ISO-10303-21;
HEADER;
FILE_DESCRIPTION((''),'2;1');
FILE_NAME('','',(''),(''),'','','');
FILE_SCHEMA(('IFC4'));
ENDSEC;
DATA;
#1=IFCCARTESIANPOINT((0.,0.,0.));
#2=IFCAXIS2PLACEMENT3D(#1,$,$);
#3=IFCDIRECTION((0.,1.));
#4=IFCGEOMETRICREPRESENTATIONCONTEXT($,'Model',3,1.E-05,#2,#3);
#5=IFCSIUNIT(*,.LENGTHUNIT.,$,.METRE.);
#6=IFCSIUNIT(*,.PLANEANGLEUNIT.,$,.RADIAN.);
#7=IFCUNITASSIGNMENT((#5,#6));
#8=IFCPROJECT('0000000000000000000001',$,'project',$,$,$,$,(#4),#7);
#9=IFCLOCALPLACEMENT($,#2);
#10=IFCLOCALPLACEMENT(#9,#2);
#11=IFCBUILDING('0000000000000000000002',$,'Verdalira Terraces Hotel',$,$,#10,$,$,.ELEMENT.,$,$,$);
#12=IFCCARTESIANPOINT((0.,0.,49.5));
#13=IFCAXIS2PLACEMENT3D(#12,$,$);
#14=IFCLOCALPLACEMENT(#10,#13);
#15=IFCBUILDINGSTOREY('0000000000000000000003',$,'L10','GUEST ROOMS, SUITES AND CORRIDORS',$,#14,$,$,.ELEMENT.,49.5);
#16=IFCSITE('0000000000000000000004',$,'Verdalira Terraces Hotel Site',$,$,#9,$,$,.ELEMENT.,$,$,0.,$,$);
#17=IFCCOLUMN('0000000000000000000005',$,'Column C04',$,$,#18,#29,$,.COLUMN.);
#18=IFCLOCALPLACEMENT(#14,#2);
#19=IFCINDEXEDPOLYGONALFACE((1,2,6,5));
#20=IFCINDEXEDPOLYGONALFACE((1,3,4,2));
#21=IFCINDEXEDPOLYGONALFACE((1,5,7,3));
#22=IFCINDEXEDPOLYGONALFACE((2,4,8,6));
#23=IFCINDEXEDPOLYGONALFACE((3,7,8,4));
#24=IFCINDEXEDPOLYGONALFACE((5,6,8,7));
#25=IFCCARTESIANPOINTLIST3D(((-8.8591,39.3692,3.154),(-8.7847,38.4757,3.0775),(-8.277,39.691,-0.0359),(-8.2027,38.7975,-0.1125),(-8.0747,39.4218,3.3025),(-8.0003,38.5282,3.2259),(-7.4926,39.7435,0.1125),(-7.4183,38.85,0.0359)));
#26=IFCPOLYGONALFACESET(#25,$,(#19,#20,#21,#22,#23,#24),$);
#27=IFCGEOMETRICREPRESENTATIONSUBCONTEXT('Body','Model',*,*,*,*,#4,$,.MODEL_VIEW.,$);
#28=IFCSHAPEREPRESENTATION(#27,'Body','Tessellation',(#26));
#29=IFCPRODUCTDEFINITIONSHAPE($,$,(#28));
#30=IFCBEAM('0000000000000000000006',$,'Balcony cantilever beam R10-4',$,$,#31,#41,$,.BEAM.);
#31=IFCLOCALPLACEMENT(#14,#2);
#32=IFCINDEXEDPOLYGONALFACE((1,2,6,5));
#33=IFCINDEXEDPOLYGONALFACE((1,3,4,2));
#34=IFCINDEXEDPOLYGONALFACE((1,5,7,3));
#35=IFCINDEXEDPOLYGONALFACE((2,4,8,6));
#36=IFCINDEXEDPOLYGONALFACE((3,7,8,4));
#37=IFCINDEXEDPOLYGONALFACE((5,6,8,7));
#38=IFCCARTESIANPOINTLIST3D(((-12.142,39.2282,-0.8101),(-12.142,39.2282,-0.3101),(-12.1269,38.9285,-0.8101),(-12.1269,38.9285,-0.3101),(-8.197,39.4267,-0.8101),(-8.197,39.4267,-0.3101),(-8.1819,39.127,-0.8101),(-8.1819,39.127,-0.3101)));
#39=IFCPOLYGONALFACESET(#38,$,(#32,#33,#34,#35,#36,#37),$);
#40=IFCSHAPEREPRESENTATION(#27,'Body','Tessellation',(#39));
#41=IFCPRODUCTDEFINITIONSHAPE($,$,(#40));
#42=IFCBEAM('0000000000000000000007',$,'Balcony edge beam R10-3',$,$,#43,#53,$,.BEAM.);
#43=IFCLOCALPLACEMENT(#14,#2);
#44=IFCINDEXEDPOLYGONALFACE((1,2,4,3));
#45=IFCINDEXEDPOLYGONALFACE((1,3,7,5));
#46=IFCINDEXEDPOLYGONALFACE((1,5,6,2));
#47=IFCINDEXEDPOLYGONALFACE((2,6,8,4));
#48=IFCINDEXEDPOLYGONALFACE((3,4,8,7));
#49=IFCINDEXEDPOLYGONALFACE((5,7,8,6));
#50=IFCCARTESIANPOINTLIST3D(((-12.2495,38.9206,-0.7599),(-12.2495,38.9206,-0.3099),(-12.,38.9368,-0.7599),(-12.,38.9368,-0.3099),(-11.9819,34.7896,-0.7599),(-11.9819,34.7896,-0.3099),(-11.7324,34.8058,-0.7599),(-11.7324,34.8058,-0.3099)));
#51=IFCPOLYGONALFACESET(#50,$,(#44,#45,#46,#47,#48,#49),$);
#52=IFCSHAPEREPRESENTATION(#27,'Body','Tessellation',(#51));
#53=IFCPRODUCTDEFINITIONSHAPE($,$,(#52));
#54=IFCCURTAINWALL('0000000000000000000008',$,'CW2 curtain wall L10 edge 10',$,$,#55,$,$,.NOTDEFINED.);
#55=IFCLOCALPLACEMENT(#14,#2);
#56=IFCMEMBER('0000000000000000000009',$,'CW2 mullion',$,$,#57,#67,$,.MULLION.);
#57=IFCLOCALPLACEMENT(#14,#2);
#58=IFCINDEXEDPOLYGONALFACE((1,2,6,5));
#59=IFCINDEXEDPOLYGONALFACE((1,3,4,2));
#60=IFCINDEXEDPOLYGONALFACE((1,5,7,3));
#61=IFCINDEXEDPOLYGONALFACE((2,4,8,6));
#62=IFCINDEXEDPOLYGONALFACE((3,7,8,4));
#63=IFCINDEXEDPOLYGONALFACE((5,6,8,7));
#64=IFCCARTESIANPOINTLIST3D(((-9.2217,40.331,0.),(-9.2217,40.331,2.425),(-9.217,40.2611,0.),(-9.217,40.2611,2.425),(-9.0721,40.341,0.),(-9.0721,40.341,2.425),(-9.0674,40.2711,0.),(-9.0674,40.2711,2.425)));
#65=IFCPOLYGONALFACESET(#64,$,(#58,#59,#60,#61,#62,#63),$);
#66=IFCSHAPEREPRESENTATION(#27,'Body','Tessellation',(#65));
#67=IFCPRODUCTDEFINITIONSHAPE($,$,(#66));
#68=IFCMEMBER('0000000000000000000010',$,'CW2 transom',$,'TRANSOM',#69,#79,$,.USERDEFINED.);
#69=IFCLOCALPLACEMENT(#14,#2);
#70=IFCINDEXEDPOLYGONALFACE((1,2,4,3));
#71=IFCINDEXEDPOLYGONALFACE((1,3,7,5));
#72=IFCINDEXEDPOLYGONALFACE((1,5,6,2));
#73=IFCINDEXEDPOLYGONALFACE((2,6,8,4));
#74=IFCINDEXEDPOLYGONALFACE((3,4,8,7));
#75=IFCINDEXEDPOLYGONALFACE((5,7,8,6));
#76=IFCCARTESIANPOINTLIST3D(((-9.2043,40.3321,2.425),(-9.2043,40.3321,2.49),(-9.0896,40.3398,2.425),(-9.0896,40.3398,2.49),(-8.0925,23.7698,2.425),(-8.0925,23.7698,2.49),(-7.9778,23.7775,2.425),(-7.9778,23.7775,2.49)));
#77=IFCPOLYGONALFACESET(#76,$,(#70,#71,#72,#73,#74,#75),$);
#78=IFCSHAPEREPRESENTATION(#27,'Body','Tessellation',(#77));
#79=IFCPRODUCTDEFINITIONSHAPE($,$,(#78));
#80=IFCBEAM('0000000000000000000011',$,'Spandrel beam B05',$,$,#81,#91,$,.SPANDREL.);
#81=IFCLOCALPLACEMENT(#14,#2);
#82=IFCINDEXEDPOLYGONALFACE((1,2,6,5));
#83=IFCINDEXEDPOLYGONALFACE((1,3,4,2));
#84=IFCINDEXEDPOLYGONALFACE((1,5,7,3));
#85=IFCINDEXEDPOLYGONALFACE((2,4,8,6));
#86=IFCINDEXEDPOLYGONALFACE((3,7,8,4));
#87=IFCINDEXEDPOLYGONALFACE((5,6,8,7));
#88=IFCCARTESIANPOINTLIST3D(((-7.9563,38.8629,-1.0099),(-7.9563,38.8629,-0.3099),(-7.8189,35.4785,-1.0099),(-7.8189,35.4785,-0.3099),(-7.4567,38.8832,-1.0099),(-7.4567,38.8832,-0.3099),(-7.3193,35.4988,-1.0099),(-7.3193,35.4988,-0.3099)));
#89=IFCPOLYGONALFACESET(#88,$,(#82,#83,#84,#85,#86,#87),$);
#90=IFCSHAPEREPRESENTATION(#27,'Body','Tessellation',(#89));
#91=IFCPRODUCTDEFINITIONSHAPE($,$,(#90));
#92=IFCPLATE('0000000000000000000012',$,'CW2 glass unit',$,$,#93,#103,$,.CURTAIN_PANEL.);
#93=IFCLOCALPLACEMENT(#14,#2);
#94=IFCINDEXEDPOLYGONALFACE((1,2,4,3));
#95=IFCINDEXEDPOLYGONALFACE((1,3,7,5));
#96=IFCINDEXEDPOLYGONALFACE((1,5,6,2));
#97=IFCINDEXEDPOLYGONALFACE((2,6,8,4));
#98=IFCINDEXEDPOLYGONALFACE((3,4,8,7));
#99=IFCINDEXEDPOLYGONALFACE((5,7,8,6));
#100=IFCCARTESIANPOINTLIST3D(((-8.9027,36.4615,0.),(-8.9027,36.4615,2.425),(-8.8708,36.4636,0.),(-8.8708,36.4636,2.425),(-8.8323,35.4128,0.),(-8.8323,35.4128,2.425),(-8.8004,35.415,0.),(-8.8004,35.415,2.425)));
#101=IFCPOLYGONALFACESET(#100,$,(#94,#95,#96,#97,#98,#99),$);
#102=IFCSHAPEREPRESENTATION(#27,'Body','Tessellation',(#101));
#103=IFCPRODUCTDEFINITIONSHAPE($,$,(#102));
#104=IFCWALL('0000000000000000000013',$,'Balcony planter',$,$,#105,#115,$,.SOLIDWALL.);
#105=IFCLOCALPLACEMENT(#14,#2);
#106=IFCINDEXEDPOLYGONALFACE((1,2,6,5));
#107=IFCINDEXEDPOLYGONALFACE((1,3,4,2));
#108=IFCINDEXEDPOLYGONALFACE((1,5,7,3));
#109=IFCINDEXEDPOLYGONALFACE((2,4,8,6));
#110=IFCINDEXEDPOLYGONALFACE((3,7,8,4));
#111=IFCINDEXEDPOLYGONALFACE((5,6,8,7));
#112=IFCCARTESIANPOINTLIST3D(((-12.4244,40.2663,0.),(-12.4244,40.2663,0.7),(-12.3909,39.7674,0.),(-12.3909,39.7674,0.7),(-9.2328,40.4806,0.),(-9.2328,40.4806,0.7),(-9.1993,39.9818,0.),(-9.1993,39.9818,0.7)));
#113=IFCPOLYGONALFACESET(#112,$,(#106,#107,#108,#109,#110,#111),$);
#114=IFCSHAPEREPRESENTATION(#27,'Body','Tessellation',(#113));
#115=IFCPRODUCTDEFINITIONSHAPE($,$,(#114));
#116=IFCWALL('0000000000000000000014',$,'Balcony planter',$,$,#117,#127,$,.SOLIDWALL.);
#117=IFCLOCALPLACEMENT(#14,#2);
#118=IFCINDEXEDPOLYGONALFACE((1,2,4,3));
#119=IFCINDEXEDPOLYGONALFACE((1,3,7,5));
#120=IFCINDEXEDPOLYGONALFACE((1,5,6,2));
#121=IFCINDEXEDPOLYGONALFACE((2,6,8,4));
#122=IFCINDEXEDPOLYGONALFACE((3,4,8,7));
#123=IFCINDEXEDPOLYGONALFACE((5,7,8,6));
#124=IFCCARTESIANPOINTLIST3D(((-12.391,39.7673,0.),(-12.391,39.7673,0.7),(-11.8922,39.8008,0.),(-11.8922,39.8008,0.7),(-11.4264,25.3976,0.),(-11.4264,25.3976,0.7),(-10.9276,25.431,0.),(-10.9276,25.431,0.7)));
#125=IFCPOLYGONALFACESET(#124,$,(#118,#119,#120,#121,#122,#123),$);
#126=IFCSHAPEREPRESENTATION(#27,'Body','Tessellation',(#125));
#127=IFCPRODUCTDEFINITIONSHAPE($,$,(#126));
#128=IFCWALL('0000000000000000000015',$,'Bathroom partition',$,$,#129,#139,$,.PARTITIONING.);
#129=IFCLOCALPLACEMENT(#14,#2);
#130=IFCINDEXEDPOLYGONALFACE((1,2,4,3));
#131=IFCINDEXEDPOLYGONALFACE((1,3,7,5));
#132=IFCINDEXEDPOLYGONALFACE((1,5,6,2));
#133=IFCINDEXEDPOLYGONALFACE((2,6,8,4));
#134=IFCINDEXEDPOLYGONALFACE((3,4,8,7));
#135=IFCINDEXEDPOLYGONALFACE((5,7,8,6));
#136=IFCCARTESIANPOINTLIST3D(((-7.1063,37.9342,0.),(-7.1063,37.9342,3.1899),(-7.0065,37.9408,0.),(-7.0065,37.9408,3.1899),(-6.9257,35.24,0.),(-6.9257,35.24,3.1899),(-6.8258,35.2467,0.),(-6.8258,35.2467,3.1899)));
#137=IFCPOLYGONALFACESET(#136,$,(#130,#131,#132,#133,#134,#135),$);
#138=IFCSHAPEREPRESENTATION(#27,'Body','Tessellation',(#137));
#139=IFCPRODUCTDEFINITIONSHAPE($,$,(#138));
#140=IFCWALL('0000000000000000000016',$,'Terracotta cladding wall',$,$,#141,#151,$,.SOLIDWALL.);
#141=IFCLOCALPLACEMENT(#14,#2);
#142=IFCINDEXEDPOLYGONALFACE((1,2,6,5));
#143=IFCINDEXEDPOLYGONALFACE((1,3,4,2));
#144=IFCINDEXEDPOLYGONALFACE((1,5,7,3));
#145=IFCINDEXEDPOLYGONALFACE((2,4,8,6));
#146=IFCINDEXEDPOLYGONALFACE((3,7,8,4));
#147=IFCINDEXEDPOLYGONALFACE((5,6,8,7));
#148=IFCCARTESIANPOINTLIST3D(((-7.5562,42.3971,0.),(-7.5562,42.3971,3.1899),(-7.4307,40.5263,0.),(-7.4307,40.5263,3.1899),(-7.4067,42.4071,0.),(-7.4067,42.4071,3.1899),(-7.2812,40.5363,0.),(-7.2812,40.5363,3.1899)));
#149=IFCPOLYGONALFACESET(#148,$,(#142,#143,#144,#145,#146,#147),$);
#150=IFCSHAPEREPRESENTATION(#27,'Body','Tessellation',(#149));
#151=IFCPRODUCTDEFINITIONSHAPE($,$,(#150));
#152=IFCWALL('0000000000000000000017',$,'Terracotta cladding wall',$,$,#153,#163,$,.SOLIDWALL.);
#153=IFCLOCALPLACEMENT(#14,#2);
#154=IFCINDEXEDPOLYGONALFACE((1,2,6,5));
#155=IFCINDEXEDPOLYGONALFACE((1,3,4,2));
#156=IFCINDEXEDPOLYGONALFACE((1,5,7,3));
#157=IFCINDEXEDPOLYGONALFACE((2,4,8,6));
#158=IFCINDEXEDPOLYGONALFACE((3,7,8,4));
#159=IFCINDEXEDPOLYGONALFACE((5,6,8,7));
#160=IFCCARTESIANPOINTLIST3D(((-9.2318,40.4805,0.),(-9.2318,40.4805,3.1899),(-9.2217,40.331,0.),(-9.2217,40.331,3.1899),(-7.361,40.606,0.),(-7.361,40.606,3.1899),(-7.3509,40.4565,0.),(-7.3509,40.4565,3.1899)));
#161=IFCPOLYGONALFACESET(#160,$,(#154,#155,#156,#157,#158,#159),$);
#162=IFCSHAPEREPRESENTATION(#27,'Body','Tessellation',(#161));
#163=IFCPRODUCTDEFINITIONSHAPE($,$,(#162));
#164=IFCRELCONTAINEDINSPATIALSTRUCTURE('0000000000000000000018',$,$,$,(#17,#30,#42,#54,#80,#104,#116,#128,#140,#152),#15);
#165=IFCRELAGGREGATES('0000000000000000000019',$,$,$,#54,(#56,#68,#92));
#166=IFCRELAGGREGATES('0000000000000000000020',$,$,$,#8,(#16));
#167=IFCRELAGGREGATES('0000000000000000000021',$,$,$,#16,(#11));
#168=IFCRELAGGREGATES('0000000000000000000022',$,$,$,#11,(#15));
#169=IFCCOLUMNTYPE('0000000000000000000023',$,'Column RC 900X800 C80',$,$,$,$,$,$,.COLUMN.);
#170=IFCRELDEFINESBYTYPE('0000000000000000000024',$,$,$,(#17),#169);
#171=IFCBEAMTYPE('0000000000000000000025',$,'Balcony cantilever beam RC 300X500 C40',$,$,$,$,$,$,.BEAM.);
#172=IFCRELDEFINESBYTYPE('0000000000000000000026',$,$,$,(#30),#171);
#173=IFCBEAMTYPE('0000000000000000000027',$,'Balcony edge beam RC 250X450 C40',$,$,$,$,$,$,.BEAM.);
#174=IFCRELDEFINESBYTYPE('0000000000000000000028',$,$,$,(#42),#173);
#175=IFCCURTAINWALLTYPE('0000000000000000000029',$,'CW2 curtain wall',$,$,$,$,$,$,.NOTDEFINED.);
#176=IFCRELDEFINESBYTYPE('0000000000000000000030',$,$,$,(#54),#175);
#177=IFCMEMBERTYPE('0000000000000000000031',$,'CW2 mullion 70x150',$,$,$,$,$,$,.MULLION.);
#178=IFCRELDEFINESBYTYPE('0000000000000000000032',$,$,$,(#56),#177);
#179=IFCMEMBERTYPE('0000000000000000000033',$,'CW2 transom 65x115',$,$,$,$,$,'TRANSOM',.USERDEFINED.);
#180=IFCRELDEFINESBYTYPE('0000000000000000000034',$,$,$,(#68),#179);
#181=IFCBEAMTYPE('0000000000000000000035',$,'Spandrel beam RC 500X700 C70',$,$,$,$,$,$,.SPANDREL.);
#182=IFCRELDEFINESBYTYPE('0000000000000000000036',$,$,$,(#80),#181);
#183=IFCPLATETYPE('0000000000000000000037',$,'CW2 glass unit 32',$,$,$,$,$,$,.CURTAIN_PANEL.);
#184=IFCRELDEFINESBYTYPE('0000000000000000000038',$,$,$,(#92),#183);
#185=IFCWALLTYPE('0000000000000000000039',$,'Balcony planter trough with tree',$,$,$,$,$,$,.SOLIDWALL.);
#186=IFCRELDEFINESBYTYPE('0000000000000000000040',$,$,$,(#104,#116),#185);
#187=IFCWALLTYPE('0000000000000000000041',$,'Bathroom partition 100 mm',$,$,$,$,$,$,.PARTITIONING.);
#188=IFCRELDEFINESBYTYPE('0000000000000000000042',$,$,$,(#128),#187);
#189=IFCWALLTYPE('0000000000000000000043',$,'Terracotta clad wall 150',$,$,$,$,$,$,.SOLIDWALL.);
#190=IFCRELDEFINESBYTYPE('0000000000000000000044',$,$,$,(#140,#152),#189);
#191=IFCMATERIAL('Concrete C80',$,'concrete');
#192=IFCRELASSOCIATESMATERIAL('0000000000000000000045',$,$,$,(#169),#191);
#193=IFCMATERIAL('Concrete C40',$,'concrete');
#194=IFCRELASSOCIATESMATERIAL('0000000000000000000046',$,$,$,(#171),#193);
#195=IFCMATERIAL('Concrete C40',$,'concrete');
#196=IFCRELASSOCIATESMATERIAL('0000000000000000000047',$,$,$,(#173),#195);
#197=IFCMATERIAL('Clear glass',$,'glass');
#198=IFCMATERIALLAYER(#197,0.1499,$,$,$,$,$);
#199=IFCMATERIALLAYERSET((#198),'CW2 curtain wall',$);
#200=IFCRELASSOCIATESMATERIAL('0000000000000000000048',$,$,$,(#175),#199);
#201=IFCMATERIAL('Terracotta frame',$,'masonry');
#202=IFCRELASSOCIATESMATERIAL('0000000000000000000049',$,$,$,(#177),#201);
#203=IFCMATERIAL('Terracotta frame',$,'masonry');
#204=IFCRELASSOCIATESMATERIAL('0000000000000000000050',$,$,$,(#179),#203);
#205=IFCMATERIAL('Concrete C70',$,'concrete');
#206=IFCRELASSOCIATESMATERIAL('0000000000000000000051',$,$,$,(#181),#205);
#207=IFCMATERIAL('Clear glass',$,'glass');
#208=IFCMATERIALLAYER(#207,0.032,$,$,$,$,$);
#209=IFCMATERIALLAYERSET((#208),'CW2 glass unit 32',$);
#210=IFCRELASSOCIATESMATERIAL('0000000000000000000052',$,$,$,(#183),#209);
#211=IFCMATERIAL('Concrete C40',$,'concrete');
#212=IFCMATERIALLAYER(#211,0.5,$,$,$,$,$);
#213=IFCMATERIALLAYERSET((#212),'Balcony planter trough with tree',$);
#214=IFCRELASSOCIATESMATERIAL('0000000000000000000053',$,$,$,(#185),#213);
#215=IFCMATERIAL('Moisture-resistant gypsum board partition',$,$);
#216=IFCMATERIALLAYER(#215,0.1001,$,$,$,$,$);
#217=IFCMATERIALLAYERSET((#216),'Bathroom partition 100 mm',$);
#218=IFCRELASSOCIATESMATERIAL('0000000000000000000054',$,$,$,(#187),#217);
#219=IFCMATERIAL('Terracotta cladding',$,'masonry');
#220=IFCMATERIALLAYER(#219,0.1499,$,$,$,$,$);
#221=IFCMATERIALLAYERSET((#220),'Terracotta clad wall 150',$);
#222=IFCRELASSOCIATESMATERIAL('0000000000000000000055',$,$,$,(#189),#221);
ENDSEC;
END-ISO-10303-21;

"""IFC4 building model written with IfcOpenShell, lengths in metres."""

from ifc_helpers import new_model, si_unit, direction, frame, frame_2d, origin, origin_2d, place, context, subcontext, project, spatial, rectangle, extrude, material, layer, layer_set, material_profile, profile_set, type_object, element, aggregate, save


model = new_model("IFC4")

# Units and contexts
model_context = context("Model", 3, precision=1e-05, world=origin(), true_north=direction((0.0, 1.0)))
body_context = subcontext(model_context, "Body", "Model", "MODEL_VIEW")
ifc_project = project(units=[si_unit("LENGTHUNIT", "METRE"), si_unit("PLANEANGLEUNIT", "RADIAN")], contexts=[model_context])

# Site, building, storey
site_placement = place(None, origin())
site = spatial("IfcSite", under=ifc_project, at=site_placement, Name="Verdalira Terraces Hotel Site", CompositionType="ELEMENT", RefElevation=0.0)
building_placement = place(site_placement, origin())
building = spatial("IfcBuilding", under=site, at=building_placement, Name="Verdalira Terraces Hotel", CompositionType="ELEMENT")
storey_placement = place(building_placement, frame((0.0, 0.0, 49.5)))
storey = spatial("IfcBuildingStorey", under=building, at=storey_placement, Name="L10", Description="GUEST ROOMS, SUITES AND CORRIDORS", CompositionType="ELEMENT", Elevation=49.5)

# Column
ifc_material_1 = material(Name="Concrete C80", Category="concrete")
ifc_material_profile_1 = material_profile(ifc_material_1, rectangle(XDim=0.8999, YDim=0.8, at=origin_2d()), Name="RC 900X800")
ifc_profile_set_1 = profile_set([ifc_material_profile_1], Name="Concrete C80")
column_type = type_object("IfcColumnType", Name="Column RC 900X800 C80", PredefinedType="COLUMN", material=ifc_profile_set_1)
column_placement = place(storey_placement, frame((-7.8477, 39.2705, 0.0), z_axis=(-0.178618, -0.098749, 0.978951), x_axis=(0.082596, -0.992944, -0.08509)))
element("IfcColumn", 1, at=column_placement, inside=storey, type_object=column_type, Name="Column C04", PredefinedType="COLUMN", context=body_context, shape_type="SweptSolid", body=[
    extrude(rectangle(XDim=0.8999, YDim=0.8, at=origin_2d()), origin(), (0.0, 0.0, 1.0), 3.2585),
])

# Beams
ifc_material_2 = material(Name="Concrete C40", Category="concrete")
ifc_material_profile_2 = material_profile(ifc_material_2, rectangle(XDim=0.3, YDim=0.5, at=origin_2d()), Name="RC 300X500")
ifc_profile_set_2 = profile_set([ifc_material_profile_2], Name="Concrete C40")
beam_type_1 = type_object("IfcBeamType", Name="Balcony cantilever beam RC 300X500 C40", PredefinedType="BEAM", material=ifc_profile_set_2)
beam_1_placement = place(storey_placement, frame((-8.1895, 39.2769, -0.5601), z_axis=(-0.998737, -0.050249, 0.0), x_axis=(0.050249, -0.998737, 0.0)))
element("IfcBeam", 2, at=beam_1_placement, inside=storey, type_object=beam_type_1, Name="Balcony cantilever beam R10-4", PredefinedType="BEAM", context=body_context, shape_type="SweptSolid", body=[
    extrude(rectangle(XDim=0.3, YDim=0.5, at=origin_2d()), origin(), (0.0, 0.0, 1.0), 3.95),
])
ifc_material_3 = material(Name="Concrete C40", Category="concrete")
ifc_material_profile_3 = material_profile(ifc_material_3, rectangle(XDim=0.25, YDim=0.45, at=origin_2d()), Name="RC 250X450")
ifc_profile_set_3 = profile_set([ifc_material_profile_3], Name="Concrete C40")
beam_type_2 = type_object("IfcBeamType", Name="Balcony edge beam RC 250X450 C40", PredefinedType="BEAM", material=ifc_profile_set_3)
beam_2_placement = place(storey_placement, frame((-12.1248, 38.9287, -0.5349), z_axis=(0.064636, -0.997909, 0.0), x_axis=(0.997909, 0.064636, 0.0)))
element("IfcBeam", 3, at=beam_2_placement, inside=storey, type_object=beam_type_2, Name="Balcony edge beam R10-3", PredefinedType="BEAM", context=body_context, shape_type="SweptSolid", body=[
    extrude(rectangle(XDim=0.25, YDim=0.45, at=origin_2d()), origin(), (0.0, 0.0, 1.0), 4.1396),
])

# Curtain wall, members
ifc_material_4 = material(Name="Clear glass", Category="glass")
ifc_layer_1 = layer(ifc_material_4, 0.1499)
ifc_layer_set_1 = layer_set([ifc_layer_1], Name="CW2 curtain wall")
curtain_wall_type = type_object("IfcCurtainWallType", Name="CW2 curtain wall", PredefinedType="NOTDEFINED", material=ifc_layer_set_1)
curtain_wall_placement = place(storey_placement, origin())
curtain_wall = element("IfcCurtainWall", 4, at=curtain_wall_placement, inside=storey, type_object=curtain_wall_type, Name="CW2 curtain wall L10 edge 10", PredefinedType="NOTDEFINED")
ifc_material_5 = material(Name="Terracotta frame", Category="masonry")
ifc_material_profile_4 = material_profile(ifc_material_5, rectangle(XDim=0.0701, YDim=0.1499, at=origin_2d()), Name="MU 70x150")
ifc_profile_set_4 = profile_set([ifc_material_profile_4], Name="Terracotta frame")
member_type_1 = type_object("IfcMemberType", Name="CW2 mullion 70x150", PredefinedType="MULLION", material=ifc_profile_set_4)
member_1_placement = place(storey_placement, frame((-9.1445, 40.301, 0.0), z_axis=(0.0, 0.0, 1.0), x_axis=(0.06697, -0.997755, 0.0)))
member_1 = element("IfcMember", 5, at=member_1_placement, type_object=member_type_1, Name="CW2 mullion", PredefinedType="MULLION", context=body_context, shape_type="SweptSolid", body=[
    extrude(rectangle(XDim=0.0701, YDim=0.1499, at=origin_2d()), origin(), (0.0, 0.0, 1.0), 2.425),
])
ifc_material_6 = material(Name="Terracotta frame", Category="masonry")
ifc_material_profile_5 = material_profile(ifc_material_6, rectangle(XDim=0.115, YDim=0.0649, at=origin_2d()), Name="TR 65x115")
ifc_profile_set_5 = profile_set([ifc_material_profile_5], Name="Terracotta frame")
member_type_2 = type_object("IfcMemberType", Name="CW2 transom 65x115", ElementType="TRANSOM", PredefinedType="USERDEFINED", material=ifc_profile_set_5)
member_2_placement = place(storey_placement, frame((-9.147, 40.3359, 2.4575), z_axis=(0.066979, -0.997754, 0.0), x_axis=(0.997754, 0.066979, 0.0)))
member_2 = element("IfcMember", 6, at=member_2_placement, type_object=member_type_2, Name="CW2 transom", ObjectType="TRANSOM", PredefinedType="USERDEFINED", context=body_context, shape_type="SweptSolid", body=[
    extrude(rectangle(XDim=0.115, YDim=0.0649, at=origin_2d()), origin(), (0.0, 0.0, 1.0), 16.5996),
])

# Beam
ifc_material_7 = material(Name="Concrete C70", Category="concrete")
ifc_material_profile_6 = material_profile(ifc_material_7, rectangle(XDim=0.5, YDim=0.7, at=origin_2d()), Name="RC 500X700")
ifc_profile_set_6 = profile_set([ifc_material_profile_6], Name="Concrete C70")
beam_type_3 = type_object("IfcBeamType", Name="Spandrel beam RC 500X700 C70", PredefinedType="SPANDREL", material=ifc_profile_set_6)
beam_3_placement = place(storey_placement, frame((-7.7065, 38.873, -0.6599), z_axis=(0.040578, -0.999176, 0.0), x_axis=(0.999176, 0.040578, 0.0)))
element("IfcBeam", 7, at=beam_3_placement, inside=storey, type_object=beam_type_3, Name="Spandrel beam B05", PredefinedType="SPANDREL", context=body_context, shape_type="SweptSolid", body=[
    extrude(rectangle(XDim=0.5, YDim=0.7, at=origin_2d()), origin(), (0.0, 0.0, 1.0), 3.3872),
])

# Plate
ifc_material_8 = material(Name="Clear glass", Category="glass")
ifc_layer_2 = layer(ifc_material_8, 0.032)
ifc_layer_set_2 = layer_set([ifc_layer_2], Name="CW2 glass unit 32")
plate_type = type_object("IfcPlateType", Name="CW2 glass unit 32", PredefinedType="CURTAIN_PANEL", material=ifc_layer_set_2)
plate_placement = place(storey_placement, frame((-8.8516, 35.9382, 0.0), z_axis=(0.0, 0.0, 1.0), x_axis=(0.06697, -0.997755, 0.0)))
plate = element("IfcPlate", 8, at=plate_placement, type_object=plate_type, Name="CW2 glass unit", PredefinedType="CURTAIN_PANEL", context=body_context, shape_type="SweptSolid", body=[
    extrude(rectangle(XDim=1.051, YDim=0.032, at=origin_2d()), origin(), (0.0, 0.0, 1.0), 2.425),
])
aggregate(curtain_wall, [member_1, member_2, plate])

# Walls
ifc_material_9 = material(Name="Concrete C40", Category="concrete")
ifc_layer_3 = layer(ifc_material_9, 0.5)
ifc_layer_set_3 = layer_set([ifc_layer_3], Name="Balcony planter trough with tree")
wall_type_1 = type_object("IfcWallType", Name="Balcony planter trough with tree", PredefinedType="SOLIDWALL", material=ifc_layer_set_3)
wall_1_placement = place(storey_placement, frame((-9.2161, 40.2312, 0.0), z_axis=(0.0, 0.0, 1.0), x_axis=(-0.997752, -0.06701, 0.0)))
element("IfcWall", 9, at=wall_1_placement, inside=storey, type_object=wall_type_1, Name="Balcony planter", PredefinedType="SOLIDWALL", context=body_context, shape_type="SweptSolid", body=[
    extrude(rectangle(XDim=3.1987, YDim=0.5, at=frame_2d((1.5994, 0.0))), origin(), (0.0, 0.0, 1.0), 0.7),
])
wall_2_placement = place(storey_placement, frame((-12.1416, 39.7842, 0.0), z_axis=(0.0, 0.0, 1.0), x_axis=(0.066976, -0.997755, 0.0)))
element("IfcWall", 10, at=wall_2_placement, inside=storey, type_object=wall_type_1, Name="Balcony planter", PredefinedType="SOLIDWALL", context=body_context, shape_type="SweptSolid", body=[
    extrude(rectangle(XDim=14.4021, YDim=0.5, at=frame_2d((7.2012, 0.0))), origin(), (0.0, 0.0, 1.0), 0.7),
])
ifc_material_10 = material(Name="Moisture-resistant gypsum board partition")
ifc_layer_4 = layer(ifc_material_10, 0.1001)
ifc_layer_set_4 = layer_set([ifc_layer_4], Name="Bathroom partition 100 mm")
wall_type_2 = type_object("IfcWallType", Name="Bathroom partition 100 mm", PredefinedType="PARTITIONING", material=ifc_layer_set_4)
wall_3_placement = place(storey_placement, frame((-7.0564, 37.9375, 0.0), z_axis=(0.0, 0.0, 1.0), x_axis=(0.066909, -0.997759, 0.0)))
element("IfcWall", 11, at=wall_3_placement, inside=storey, type_object=wall_type_2, Name="Bathroom partition", PredefinedType="PARTITIONING", context=body_context, shape_type="SweptSolid", body=[
    extrude(rectangle(XDim=2.7002, YDim=0.1001, at=frame_2d((1.3501, 0.0))), origin(), (0.0, 0.0, 1.0), 3.1899),
])
ifc_material_11 = material(Name="Terracotta cladding", Category="masonry")
ifc_layer_5 = layer(ifc_material_11, 0.1499)
ifc_layer_set_5 = layer_set([ifc_layer_5], Name="Terracotta clad wall 150")
wall_type_3 = type_object("IfcWallType", Name="Terracotta clad wall 150", PredefinedType="SOLIDWALL", material=ifc_layer_set_5)
for number, where, z_axis, x_axis, name in (
    (12, (-7.4814, 42.4021, 0.0), (0.0, 0.0, 1.0), (0.066925, -0.997758, 0.0), "Terracotta cladding wall"),
    (13, (-7.356, 40.5312, 0.0), (0.0, 0.0, 1.0), (-0.997758, -0.066925, 0.0), "Terracotta cladding wall"),
):
    element("IfcWall", number, at=place(storey_placement, frame(where, z_axis=z_axis, x_axis=x_axis)), inside=storey, type_object=wall_type_3, Name=name, PredefinedType="SOLIDWALL", context=body_context, shape_type="SweptSolid", body=[
        extrude(rectangle(XDim=1.875, YDim=0.1499, at=frame_2d((0.9375, 0.0))), origin(), (0.0, 0.0, 1.0), 3.1899),
    ])

save(model, "model.ifc")
